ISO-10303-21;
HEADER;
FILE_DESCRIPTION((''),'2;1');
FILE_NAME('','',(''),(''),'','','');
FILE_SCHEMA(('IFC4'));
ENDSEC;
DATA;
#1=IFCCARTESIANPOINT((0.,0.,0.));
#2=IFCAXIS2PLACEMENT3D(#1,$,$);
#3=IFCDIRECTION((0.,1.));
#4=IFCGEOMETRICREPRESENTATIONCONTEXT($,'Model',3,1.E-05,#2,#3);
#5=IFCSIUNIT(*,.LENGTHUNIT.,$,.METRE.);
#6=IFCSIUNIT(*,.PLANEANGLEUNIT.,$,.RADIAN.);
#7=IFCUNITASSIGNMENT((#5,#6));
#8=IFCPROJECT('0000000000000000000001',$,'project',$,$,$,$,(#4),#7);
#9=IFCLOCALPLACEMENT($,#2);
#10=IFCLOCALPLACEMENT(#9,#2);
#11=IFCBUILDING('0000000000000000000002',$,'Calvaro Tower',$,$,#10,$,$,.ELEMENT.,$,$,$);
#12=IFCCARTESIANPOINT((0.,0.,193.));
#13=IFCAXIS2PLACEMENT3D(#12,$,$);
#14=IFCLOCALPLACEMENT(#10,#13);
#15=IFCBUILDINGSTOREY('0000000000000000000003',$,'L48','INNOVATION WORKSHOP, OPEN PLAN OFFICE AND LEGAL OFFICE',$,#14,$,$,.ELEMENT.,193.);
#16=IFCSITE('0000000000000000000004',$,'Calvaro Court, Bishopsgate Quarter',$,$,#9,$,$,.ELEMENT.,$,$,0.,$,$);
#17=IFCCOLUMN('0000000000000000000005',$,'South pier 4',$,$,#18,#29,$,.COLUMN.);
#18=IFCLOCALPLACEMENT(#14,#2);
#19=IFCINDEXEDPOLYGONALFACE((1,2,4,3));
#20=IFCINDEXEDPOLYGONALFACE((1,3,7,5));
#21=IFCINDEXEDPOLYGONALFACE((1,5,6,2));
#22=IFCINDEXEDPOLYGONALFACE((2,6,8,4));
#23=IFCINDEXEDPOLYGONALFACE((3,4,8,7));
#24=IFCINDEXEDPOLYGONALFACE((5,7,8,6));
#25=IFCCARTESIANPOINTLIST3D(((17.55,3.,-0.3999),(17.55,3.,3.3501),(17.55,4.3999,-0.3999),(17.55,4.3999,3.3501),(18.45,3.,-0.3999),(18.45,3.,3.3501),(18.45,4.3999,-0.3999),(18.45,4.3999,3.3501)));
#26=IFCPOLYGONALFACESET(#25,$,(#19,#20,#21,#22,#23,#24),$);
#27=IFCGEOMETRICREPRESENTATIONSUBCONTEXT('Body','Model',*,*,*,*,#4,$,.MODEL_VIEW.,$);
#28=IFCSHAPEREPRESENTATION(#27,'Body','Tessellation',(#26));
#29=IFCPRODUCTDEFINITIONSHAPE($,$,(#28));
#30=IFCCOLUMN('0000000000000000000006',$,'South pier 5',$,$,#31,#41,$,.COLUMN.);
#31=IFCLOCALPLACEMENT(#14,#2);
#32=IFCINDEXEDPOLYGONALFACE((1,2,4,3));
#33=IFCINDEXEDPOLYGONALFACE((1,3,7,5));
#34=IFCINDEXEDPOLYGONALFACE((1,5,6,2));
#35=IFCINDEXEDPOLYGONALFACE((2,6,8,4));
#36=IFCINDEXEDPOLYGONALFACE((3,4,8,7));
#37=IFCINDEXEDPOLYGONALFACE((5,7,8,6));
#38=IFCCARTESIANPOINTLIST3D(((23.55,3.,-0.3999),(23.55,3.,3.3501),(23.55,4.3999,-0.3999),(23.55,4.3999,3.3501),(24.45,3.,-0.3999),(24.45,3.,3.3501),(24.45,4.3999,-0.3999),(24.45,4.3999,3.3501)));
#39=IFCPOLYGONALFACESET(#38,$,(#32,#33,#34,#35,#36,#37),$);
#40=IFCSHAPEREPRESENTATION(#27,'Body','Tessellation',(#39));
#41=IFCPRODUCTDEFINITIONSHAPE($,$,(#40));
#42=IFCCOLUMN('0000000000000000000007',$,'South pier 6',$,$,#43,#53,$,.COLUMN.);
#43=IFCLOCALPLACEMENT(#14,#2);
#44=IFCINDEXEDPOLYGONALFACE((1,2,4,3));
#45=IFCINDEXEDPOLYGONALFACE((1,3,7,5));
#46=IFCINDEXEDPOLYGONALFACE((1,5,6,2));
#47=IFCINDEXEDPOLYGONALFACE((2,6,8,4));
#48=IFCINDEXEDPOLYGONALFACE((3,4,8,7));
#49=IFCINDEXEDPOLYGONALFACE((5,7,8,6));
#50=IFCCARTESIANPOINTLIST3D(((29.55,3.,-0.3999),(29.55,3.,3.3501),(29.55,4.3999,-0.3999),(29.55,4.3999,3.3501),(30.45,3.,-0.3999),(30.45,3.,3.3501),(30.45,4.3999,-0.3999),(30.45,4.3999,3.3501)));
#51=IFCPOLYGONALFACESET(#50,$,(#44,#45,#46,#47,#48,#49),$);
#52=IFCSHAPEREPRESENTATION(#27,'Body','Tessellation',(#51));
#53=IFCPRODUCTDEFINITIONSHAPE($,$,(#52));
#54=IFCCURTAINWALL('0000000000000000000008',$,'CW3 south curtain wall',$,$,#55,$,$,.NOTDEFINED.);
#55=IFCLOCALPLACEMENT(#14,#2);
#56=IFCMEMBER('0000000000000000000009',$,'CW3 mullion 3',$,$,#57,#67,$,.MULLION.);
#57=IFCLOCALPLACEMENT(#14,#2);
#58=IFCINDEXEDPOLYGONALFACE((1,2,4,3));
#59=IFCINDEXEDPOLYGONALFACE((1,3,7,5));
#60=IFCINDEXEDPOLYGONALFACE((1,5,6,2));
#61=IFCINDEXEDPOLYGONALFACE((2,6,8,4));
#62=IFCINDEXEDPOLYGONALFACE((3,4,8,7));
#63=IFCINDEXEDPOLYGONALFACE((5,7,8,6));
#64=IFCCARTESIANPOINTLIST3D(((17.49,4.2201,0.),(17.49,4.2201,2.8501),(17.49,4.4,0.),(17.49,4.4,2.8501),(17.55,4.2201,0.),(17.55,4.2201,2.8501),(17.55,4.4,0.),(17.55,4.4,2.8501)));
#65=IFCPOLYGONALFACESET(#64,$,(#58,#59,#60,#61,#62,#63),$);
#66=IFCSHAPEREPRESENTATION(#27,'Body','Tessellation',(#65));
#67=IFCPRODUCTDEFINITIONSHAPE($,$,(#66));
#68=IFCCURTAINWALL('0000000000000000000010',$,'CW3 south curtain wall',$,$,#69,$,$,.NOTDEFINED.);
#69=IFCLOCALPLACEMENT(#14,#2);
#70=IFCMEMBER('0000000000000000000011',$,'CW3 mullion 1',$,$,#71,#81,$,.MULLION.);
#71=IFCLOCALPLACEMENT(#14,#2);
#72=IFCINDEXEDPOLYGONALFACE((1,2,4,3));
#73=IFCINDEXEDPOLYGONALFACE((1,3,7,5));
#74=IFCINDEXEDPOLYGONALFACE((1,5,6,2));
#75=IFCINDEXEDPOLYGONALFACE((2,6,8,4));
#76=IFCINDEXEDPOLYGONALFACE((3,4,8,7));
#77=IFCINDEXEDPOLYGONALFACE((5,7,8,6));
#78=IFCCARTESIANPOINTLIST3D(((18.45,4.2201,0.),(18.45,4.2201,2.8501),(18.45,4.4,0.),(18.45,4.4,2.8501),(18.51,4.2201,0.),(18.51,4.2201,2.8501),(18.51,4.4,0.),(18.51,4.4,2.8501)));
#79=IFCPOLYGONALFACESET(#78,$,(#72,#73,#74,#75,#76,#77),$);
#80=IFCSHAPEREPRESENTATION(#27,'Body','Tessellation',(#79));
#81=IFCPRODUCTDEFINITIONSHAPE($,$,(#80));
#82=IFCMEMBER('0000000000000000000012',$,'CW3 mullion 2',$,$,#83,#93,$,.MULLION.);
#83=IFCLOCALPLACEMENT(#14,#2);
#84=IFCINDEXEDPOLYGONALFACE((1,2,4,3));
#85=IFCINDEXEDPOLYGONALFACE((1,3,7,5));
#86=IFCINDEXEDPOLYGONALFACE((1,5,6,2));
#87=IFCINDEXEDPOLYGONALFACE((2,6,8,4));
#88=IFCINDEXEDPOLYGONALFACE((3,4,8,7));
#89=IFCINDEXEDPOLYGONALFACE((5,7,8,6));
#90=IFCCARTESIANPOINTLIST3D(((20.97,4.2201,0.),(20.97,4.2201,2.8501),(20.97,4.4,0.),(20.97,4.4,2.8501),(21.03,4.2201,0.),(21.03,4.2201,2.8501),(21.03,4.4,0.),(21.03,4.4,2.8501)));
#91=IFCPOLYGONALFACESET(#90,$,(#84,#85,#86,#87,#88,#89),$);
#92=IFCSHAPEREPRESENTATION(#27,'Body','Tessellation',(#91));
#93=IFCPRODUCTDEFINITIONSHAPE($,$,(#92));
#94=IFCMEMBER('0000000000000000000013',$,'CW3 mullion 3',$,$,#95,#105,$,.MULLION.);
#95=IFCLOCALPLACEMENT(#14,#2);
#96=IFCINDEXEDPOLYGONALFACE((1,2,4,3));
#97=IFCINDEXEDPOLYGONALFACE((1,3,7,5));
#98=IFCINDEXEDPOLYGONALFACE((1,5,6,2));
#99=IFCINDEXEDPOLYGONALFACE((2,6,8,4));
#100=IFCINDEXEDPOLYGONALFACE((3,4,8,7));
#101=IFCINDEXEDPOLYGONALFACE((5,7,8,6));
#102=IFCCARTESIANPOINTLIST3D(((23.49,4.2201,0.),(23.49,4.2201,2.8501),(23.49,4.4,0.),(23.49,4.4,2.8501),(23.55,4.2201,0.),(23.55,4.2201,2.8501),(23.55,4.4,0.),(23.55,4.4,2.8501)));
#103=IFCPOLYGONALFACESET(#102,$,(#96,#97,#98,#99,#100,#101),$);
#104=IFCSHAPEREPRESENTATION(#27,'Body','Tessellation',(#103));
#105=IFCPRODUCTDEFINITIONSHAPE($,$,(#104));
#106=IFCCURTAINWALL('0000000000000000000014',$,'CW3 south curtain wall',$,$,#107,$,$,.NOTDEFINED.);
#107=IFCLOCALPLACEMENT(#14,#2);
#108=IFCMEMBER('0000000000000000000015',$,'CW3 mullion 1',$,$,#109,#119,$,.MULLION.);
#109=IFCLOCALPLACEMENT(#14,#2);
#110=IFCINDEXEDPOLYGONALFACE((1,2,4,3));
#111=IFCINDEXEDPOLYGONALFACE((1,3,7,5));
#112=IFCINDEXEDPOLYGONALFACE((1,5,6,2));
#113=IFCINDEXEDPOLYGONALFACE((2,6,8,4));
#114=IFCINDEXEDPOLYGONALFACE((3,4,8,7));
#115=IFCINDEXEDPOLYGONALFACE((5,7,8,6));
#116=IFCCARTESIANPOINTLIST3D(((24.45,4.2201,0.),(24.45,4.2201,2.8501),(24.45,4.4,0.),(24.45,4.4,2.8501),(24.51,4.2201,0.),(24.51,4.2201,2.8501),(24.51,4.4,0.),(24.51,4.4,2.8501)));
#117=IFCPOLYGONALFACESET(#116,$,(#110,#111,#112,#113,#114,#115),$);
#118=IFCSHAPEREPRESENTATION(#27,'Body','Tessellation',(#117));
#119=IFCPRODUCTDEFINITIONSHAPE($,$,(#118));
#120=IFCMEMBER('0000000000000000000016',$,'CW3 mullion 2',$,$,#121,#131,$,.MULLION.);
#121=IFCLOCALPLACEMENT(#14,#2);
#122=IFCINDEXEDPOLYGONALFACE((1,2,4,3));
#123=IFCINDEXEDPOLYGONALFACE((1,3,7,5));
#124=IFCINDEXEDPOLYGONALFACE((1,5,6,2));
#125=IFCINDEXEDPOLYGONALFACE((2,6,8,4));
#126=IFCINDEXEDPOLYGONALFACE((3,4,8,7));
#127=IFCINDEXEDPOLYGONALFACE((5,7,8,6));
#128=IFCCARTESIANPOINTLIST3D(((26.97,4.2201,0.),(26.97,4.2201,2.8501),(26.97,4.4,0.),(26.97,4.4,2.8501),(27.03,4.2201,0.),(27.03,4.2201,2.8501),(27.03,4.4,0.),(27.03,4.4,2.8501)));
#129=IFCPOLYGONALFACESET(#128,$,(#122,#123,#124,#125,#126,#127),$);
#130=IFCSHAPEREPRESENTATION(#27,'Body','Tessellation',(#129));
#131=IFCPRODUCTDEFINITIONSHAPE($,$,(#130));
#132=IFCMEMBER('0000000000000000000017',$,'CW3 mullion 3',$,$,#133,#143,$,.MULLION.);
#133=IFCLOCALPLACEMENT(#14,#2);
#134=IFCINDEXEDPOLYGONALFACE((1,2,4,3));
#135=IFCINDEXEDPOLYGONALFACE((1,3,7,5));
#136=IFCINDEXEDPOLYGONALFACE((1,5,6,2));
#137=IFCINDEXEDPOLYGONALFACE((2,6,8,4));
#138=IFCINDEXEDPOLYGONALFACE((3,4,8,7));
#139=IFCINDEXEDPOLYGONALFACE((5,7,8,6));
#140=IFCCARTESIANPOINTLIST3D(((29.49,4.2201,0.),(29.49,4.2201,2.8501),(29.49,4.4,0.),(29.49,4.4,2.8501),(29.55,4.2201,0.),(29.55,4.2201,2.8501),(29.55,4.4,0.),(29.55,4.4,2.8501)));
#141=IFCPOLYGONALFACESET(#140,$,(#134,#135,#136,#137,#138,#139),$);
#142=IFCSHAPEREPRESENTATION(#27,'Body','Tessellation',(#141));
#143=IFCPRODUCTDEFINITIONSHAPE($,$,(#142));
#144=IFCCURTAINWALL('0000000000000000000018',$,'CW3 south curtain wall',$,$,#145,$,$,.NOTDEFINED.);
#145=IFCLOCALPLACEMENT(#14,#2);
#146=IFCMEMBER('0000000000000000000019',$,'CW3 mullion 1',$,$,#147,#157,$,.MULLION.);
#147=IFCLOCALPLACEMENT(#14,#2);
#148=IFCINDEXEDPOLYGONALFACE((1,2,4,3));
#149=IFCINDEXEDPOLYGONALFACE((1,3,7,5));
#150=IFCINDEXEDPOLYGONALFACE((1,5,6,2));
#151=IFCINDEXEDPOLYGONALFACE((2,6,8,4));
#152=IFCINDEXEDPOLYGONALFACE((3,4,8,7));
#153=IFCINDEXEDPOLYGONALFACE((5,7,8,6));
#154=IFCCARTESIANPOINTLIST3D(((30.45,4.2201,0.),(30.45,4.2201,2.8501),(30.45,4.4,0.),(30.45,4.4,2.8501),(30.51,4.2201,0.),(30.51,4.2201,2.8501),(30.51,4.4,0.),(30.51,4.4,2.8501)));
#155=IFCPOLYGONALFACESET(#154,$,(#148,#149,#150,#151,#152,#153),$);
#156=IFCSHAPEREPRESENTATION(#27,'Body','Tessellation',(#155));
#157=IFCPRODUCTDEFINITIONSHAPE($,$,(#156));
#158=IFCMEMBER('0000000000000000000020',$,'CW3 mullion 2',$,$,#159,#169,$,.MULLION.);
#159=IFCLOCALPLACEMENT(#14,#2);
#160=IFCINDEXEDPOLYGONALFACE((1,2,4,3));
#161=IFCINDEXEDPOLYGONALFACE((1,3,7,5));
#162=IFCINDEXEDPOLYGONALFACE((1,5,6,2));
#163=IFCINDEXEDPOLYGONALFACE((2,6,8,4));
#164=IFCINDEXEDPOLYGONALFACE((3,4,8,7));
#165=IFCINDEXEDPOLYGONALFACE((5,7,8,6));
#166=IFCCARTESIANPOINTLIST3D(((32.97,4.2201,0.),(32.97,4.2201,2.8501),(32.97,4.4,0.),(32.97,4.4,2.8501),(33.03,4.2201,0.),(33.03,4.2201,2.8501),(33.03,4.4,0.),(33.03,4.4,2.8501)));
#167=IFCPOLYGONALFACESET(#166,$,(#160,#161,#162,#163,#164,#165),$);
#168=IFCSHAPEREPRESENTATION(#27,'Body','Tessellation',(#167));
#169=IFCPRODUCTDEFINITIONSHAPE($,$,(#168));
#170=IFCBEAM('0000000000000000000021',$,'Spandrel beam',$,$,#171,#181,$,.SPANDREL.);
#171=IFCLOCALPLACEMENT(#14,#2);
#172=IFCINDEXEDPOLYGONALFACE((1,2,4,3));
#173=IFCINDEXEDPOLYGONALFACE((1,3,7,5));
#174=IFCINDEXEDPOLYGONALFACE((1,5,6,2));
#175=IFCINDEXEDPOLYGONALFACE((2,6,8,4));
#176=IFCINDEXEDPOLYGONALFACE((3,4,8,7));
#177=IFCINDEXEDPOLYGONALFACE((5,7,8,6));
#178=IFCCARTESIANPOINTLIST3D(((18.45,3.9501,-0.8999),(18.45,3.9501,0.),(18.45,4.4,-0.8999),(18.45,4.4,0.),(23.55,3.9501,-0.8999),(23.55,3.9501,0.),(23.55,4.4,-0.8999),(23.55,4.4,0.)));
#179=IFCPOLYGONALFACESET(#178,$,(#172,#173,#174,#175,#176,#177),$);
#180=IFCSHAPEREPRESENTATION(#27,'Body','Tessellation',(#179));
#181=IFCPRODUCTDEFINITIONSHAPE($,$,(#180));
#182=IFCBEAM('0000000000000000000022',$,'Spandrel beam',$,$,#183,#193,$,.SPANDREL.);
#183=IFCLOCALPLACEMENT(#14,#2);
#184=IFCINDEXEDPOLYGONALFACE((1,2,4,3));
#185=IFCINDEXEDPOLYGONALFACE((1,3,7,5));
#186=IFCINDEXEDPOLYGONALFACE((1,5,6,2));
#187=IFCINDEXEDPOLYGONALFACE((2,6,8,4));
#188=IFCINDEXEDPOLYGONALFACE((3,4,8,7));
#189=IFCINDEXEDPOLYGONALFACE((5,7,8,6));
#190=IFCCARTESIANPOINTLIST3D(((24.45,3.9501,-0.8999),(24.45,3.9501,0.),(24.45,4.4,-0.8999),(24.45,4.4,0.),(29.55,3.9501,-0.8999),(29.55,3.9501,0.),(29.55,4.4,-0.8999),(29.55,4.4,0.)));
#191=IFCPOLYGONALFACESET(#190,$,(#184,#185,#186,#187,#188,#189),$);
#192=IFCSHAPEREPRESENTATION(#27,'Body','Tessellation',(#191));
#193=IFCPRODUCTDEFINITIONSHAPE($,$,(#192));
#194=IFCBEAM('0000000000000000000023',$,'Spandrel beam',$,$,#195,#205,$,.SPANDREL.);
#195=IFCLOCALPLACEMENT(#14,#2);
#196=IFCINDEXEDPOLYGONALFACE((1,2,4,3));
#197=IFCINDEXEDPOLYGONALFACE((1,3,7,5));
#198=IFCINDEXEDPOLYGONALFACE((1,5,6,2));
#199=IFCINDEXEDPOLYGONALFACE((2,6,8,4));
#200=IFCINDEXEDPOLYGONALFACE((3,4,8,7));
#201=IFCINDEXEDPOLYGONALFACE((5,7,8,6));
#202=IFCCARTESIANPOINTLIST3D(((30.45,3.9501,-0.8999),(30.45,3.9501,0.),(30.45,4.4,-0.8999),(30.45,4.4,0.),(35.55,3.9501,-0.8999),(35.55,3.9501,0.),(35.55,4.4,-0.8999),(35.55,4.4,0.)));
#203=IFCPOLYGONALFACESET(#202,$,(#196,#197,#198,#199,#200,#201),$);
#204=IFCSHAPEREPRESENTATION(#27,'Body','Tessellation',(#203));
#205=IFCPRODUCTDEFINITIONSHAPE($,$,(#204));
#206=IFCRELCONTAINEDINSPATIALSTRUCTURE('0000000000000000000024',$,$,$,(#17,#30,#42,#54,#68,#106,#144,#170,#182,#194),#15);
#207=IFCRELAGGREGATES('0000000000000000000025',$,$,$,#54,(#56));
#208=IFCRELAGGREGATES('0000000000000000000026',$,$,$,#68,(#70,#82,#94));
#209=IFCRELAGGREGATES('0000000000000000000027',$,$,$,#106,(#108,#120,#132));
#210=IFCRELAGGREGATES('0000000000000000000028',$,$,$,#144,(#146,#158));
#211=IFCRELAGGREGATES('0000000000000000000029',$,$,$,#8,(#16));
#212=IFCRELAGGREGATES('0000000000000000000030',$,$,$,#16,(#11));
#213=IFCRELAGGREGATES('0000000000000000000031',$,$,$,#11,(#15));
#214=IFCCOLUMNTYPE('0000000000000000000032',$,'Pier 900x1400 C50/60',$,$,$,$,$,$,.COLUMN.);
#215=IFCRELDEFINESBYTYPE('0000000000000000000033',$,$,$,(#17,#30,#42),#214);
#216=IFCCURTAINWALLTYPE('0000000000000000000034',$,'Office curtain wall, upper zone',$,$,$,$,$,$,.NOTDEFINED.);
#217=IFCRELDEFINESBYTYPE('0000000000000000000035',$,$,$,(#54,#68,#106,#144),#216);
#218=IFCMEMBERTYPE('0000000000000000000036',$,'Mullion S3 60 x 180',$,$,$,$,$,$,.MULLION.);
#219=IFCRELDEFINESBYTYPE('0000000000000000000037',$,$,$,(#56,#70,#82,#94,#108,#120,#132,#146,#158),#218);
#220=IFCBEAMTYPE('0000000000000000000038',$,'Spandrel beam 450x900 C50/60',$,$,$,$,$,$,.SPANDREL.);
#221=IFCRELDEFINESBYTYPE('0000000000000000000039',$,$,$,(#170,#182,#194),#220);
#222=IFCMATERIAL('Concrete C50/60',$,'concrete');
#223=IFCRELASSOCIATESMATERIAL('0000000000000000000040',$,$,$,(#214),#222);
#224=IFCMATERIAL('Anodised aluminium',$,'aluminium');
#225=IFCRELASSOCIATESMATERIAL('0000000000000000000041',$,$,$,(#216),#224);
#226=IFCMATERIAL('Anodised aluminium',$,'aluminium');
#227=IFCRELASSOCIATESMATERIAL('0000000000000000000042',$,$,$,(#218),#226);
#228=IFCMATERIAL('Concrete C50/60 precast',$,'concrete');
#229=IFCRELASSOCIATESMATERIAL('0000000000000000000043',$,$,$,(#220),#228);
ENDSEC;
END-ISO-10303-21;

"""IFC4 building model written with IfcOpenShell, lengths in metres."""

from ifc_helpers import new_model, si_unit, direction, frame, origin, origin_2d, place, context, subcontext, project, spatial, rectangle, extrude, material, material_profile, profile_set, type_object, element, aggregate, save


model = new_model("IFC4")

# Units and contexts
model_context = context("Model", 3, precision=1e-05, world=origin(), true_north=direction((0.0, 1.0)))
body_context = subcontext(model_context, "Body", "Model", "MODEL_VIEW")
ifc_project = project(units=[si_unit("LENGTHUNIT", "METRE"), si_unit("PLANEANGLEUNIT", "RADIAN")], contexts=[model_context])

# Site, building, storey
site_placement = place(None, origin())
site = spatial("IfcSite", under=ifc_project, at=site_placement, Name="Calvaro Court, Bishopsgate Quarter", CompositionType="ELEMENT", RefElevation=0.0)
building_placement = place(site_placement, origin())
building = spatial("IfcBuilding", under=site, at=building_placement, Name="Calvaro Tower", CompositionType="ELEMENT")
storey_placement = place(building_placement, frame((0.0, 0.0, 193.0)))
storey = spatial("IfcBuildingStorey", under=building, at=storey_placement, Name="L48", Description="INNOVATION WORKSHOP, OPEN PLAN OFFICE AND LEGAL OFFICE", CompositionType="ELEMENT", Elevation=193.0)

# Columns
ifc_material_1 = material(Name="Concrete C50/60", Category="concrete")
ifc_material_profile_1 = material_profile(ifc_material_1, rectangle(XDim=0.8999, YDim=1.3999, at=origin_2d()), Name="RC 900x1400")
ifc_profile_set_1 = profile_set([ifc_material_profile_1], Name="Concrete C50/60")
column_type = type_object("IfcColumnType", Name="Pier 900x1400 C50/60", PredefinedType="COLUMN", material=ifc_profile_set_1)
for number, where, z_axis, x_axis, name in (
    (1, (18.0, 3.7, -0.3999), (0.0, 0.0, 1.0), (1.0, 0.0, 0.0), "South pier 4"),
    (2, (24.0, 3.7, -0.3999), (0.0, 0.0, 1.0), (1.0, 0.0, 0.0), "South pier 5"),
    (3, (30.0, 3.7, -0.3999), (0.0, 0.0, 1.0), (1.0, 0.0, 0.0), "South pier 6"),
):
    element("IfcColumn", number, at=place(storey_placement, frame(where, z_axis=z_axis, x_axis=x_axis)), inside=storey, type_object=column_type, Name=name, PredefinedType="COLUMN", context=body_context, shape_type="SweptSolid", body=[
        extrude(rectangle(XDim=0.8999, YDim=1.3999, at=origin_2d()), origin(), (0.0, 0.0, 1.0), 3.75),
    ])

# Curtain wall, member
ifc_material_2 = material(Name="Anodised aluminium", Category="aluminium")
curtain_wall_type = type_object("IfcCurtainWallType", Name="Office curtain wall, upper zone", PredefinedType="NOTDEFINED", material=ifc_material_2)
curtain_wall_1_placement = place(storey_placement, origin())
curtain_wall_1 = element("IfcCurtainWall", 4, at=curtain_wall_1_placement, inside=storey, type_object=curtain_wall_type, Name="CW3 south curtain wall", PredefinedType="NOTDEFINED")
ifc_material_3 = material(Name="Anodised aluminium", Category="aluminium")
ifc_material_profile_2 = material_profile(ifc_material_3, rectangle(XDim=0.1799, YDim=0.0601, at=origin_2d()), Name="Mullion S3 60 x 180")
ifc_profile_set_2 = profile_set([ifc_material_profile_2], Name="Anodised aluminium")
member_type_1 = type_object("IfcMemberType", Name="Mullion S3 60 x 180", PredefinedType="MULLION", material=ifc_profile_set_2)
member_1_placement = place(storey_placement, frame((17.52, 4.3101, 0.0), z_axis=(0.0, 0.0, 1.0), x_axis=(0.0, 1.0, 0.0)))
member_1 = element("IfcMember", 5, at=member_1_placement, type_object=member_type_1, Name="CW3 mullion 3", PredefinedType="MULLION", context=body_context, shape_type="SweptSolid", body=[
    extrude(rectangle(XDim=0.1799, YDim=0.0601, at=origin_2d()), origin(), (0.0, 0.0, 1.0), 2.8501),
])
aggregate(curtain_wall_1, [member_1])

# Curtain walls, members
curtain_wall_2_placement = place(storey_placement, origin())
curtain_wall_2 = element("IfcCurtainWall", 6, at=curtain_wall_2_placement, inside=storey, type_object=curtain_wall_type, Name="CW3 south curtain wall", PredefinedType="NOTDEFINED")
member_2_placement = place(storey_placement, frame((18.48, 4.3101, 0.0), z_axis=(0.0, 0.0, 1.0), x_axis=(0.0, 1.0, 0.0)))
member_2 = element("IfcMember", 7, at=member_2_placement, type_object=member_type_1, Name="CW3 mullion 1", PredefinedType="MULLION", context=body_context, shape_type="SweptSolid", body=[
    extrude(rectangle(XDim=0.1799, YDim=0.0601, at=origin_2d()), origin(), (0.0, 0.0, 1.0), 2.8501),
])
member_3_placement = place(storey_placement, frame((21.0, 4.3101, 0.0), z_axis=(0.0, 0.0, 1.0), x_axis=(0.0, 1.0, 0.0)))
member_3 = element("IfcMember", 8, at=member_3_placement, type_object=member_type_1, Name="CW3 mullion 2", PredefinedType="MULLION", context=body_context, shape_type="SweptSolid", body=[
    extrude(rectangle(XDim=0.1799, YDim=0.0601, at=origin_2d()), origin(), (0.0, 0.0, 1.0), 2.8501),
])
member_4_placement = place(storey_placement, frame((23.52, 4.3101, 0.0), z_axis=(0.0, 0.0, 1.0), x_axis=(0.0, 1.0, 0.0)))
member_4 = element("IfcMember", 9, at=member_4_placement, type_object=member_type_1, Name="CW3 mullion 3", PredefinedType="MULLION", context=body_context, shape_type="SweptSolid", body=[
    extrude(rectangle(XDim=0.1799, YDim=0.0601, at=origin_2d()), origin(), (0.0, 0.0, 1.0), 2.8501),
])
curtain_wall_3_placement = place(storey_placement, origin())
curtain_wall_3 = element("IfcCurtainWall", 10, at=curtain_wall_3_placement, inside=storey, type_object=curtain_wall_type, Name="CW3 south curtain wall", PredefinedType="NOTDEFINED")
member_5_placement = place(storey_placement, frame((24.48, 4.3101, 0.0), z_axis=(0.0, 0.0, 1.0), x_axis=(0.0, 1.0, 0.0)))
member_5 = element("IfcMember", 11, at=member_5_placement, type_object=member_type_1, Name="CW3 mullion 1", PredefinedType="MULLION", context=body_context, shape_type="SweptSolid", body=[
    extrude(rectangle(XDim=0.1799, YDim=0.0601, at=origin_2d()), origin(), (0.0, 0.0, 1.0), 2.8501),
])
member_6_placement = place(storey_placement, frame((27.0, 4.3101, 0.0), z_axis=(0.0, 0.0, 1.0), x_axis=(0.0, 1.0, 0.0)))
member_6 = element("IfcMember", 12, at=member_6_placement, type_object=member_type_1, Name="CW3 mullion 2", PredefinedType="MULLION", context=body_context, shape_type="SweptSolid", body=[
    extrude(rectangle(XDim=0.1799, YDim=0.0601, at=origin_2d()), origin(), (0.0, 0.0, 1.0), 2.8501),
])
member_7_placement = place(storey_placement, frame((29.52, 4.3101, 0.0), z_axis=(0.0, 0.0, 1.0), x_axis=(0.0, 1.0, 0.0)))
member_7 = element("IfcMember", 13, at=member_7_placement, type_object=member_type_1, Name="CW3 mullion 3", PredefinedType="MULLION", context=body_context, shape_type="SweptSolid", body=[
    extrude(rectangle(XDim=0.1799, YDim=0.0601, at=origin_2d()), origin(), (0.0, 0.0, 1.0), 2.8501),
])
curtain_wall_4_placement = place(storey_placement, origin())
curtain_wall_4 = element("IfcCurtainWall", 14, at=curtain_wall_4_placement, inside=storey, type_object=curtain_wall_type, Name="CW3 south curtain wall", PredefinedType="NOTDEFINED")
member_8_placement = place(storey_placement, frame((30.48, 4.3101, 0.0), z_axis=(0.0, 0.0, 1.0), x_axis=(0.0, 1.0, 0.0)))
member_8 = element("IfcMember", 15, at=member_8_placement, type_object=member_type_1, Name="CW3 mullion 1", PredefinedType="MULLION", context=body_context, shape_type="SweptSolid", body=[
    extrude(rectangle(XDim=0.1799, YDim=0.0601, at=origin_2d()), origin(), (0.0, 0.0, 1.0), 2.8501),
])
member_9_placement = place(storey_placement, frame((33.0, 4.3101, 0.0), z_axis=(0.0, 0.0, 1.0), x_axis=(0.0, 1.0, 0.0)))
member_9 = element("IfcMember", 16, at=member_9_placement, type_object=member_type_1, Name="CW3 mullion 2", PredefinedType="MULLION", context=body_context, shape_type="SweptSolid", body=[
    extrude(rectangle(XDim=0.1799, YDim=0.0601, at=origin_2d()), origin(), (0.0, 0.0, 1.0), 2.8501),
])

# Beams
ifc_material_4 = material(Name="Concrete C50/60 precast", Category="concrete")
ifc_material_profile_3 = material_profile(ifc_material_4, rectangle(XDim=0.45, YDim=0.8999, at=origin_2d()), Name="RC 450x900")
ifc_profile_set_3 = profile_set([ifc_material_profile_3], Name="Concrete C50/60 precast")
beam_type = type_object("IfcBeamType", Name="Spandrel beam 450x900 C50/60", PredefinedType="SPANDREL", material=ifc_profile_set_3)
for number, where, z_axis, x_axis, name in (
    (17, (18.45, 4.175, -0.45), (1.0, 0.0, 0.0), (0.0, 1.0, 0.0), "Spandrel beam"),
    (18, (24.45, 4.175, -0.45), (1.0, 0.0, 0.0), (0.0, 1.0, 0.0), "Spandrel beam"),
    (19, (30.45, 4.175, -0.45), (1.0, 0.0, 0.0), (0.0, 1.0, 0.0), "Spandrel beam"),
):
    element("IfcBeam", number, at=place(storey_placement, frame(where, z_axis=z_axis, x_axis=x_axis)), inside=storey, type_object=beam_type, Name=name, PredefinedType="SPANDREL", context=body_context, shape_type="SweptSolid", body=[
        extrude(rectangle(XDim=0.45, YDim=0.8999, at=origin_2d()), origin(), (0.0, 0.0, 1.0), 5.1001),
    ])

aggregate(curtain_wall_2, [member_2, member_3, member_4])
aggregate(curtain_wall_3, [member_5, member_6, member_7])
aggregate(curtain_wall_4, [member_8, member_9])

save(model, "model.ifc")
